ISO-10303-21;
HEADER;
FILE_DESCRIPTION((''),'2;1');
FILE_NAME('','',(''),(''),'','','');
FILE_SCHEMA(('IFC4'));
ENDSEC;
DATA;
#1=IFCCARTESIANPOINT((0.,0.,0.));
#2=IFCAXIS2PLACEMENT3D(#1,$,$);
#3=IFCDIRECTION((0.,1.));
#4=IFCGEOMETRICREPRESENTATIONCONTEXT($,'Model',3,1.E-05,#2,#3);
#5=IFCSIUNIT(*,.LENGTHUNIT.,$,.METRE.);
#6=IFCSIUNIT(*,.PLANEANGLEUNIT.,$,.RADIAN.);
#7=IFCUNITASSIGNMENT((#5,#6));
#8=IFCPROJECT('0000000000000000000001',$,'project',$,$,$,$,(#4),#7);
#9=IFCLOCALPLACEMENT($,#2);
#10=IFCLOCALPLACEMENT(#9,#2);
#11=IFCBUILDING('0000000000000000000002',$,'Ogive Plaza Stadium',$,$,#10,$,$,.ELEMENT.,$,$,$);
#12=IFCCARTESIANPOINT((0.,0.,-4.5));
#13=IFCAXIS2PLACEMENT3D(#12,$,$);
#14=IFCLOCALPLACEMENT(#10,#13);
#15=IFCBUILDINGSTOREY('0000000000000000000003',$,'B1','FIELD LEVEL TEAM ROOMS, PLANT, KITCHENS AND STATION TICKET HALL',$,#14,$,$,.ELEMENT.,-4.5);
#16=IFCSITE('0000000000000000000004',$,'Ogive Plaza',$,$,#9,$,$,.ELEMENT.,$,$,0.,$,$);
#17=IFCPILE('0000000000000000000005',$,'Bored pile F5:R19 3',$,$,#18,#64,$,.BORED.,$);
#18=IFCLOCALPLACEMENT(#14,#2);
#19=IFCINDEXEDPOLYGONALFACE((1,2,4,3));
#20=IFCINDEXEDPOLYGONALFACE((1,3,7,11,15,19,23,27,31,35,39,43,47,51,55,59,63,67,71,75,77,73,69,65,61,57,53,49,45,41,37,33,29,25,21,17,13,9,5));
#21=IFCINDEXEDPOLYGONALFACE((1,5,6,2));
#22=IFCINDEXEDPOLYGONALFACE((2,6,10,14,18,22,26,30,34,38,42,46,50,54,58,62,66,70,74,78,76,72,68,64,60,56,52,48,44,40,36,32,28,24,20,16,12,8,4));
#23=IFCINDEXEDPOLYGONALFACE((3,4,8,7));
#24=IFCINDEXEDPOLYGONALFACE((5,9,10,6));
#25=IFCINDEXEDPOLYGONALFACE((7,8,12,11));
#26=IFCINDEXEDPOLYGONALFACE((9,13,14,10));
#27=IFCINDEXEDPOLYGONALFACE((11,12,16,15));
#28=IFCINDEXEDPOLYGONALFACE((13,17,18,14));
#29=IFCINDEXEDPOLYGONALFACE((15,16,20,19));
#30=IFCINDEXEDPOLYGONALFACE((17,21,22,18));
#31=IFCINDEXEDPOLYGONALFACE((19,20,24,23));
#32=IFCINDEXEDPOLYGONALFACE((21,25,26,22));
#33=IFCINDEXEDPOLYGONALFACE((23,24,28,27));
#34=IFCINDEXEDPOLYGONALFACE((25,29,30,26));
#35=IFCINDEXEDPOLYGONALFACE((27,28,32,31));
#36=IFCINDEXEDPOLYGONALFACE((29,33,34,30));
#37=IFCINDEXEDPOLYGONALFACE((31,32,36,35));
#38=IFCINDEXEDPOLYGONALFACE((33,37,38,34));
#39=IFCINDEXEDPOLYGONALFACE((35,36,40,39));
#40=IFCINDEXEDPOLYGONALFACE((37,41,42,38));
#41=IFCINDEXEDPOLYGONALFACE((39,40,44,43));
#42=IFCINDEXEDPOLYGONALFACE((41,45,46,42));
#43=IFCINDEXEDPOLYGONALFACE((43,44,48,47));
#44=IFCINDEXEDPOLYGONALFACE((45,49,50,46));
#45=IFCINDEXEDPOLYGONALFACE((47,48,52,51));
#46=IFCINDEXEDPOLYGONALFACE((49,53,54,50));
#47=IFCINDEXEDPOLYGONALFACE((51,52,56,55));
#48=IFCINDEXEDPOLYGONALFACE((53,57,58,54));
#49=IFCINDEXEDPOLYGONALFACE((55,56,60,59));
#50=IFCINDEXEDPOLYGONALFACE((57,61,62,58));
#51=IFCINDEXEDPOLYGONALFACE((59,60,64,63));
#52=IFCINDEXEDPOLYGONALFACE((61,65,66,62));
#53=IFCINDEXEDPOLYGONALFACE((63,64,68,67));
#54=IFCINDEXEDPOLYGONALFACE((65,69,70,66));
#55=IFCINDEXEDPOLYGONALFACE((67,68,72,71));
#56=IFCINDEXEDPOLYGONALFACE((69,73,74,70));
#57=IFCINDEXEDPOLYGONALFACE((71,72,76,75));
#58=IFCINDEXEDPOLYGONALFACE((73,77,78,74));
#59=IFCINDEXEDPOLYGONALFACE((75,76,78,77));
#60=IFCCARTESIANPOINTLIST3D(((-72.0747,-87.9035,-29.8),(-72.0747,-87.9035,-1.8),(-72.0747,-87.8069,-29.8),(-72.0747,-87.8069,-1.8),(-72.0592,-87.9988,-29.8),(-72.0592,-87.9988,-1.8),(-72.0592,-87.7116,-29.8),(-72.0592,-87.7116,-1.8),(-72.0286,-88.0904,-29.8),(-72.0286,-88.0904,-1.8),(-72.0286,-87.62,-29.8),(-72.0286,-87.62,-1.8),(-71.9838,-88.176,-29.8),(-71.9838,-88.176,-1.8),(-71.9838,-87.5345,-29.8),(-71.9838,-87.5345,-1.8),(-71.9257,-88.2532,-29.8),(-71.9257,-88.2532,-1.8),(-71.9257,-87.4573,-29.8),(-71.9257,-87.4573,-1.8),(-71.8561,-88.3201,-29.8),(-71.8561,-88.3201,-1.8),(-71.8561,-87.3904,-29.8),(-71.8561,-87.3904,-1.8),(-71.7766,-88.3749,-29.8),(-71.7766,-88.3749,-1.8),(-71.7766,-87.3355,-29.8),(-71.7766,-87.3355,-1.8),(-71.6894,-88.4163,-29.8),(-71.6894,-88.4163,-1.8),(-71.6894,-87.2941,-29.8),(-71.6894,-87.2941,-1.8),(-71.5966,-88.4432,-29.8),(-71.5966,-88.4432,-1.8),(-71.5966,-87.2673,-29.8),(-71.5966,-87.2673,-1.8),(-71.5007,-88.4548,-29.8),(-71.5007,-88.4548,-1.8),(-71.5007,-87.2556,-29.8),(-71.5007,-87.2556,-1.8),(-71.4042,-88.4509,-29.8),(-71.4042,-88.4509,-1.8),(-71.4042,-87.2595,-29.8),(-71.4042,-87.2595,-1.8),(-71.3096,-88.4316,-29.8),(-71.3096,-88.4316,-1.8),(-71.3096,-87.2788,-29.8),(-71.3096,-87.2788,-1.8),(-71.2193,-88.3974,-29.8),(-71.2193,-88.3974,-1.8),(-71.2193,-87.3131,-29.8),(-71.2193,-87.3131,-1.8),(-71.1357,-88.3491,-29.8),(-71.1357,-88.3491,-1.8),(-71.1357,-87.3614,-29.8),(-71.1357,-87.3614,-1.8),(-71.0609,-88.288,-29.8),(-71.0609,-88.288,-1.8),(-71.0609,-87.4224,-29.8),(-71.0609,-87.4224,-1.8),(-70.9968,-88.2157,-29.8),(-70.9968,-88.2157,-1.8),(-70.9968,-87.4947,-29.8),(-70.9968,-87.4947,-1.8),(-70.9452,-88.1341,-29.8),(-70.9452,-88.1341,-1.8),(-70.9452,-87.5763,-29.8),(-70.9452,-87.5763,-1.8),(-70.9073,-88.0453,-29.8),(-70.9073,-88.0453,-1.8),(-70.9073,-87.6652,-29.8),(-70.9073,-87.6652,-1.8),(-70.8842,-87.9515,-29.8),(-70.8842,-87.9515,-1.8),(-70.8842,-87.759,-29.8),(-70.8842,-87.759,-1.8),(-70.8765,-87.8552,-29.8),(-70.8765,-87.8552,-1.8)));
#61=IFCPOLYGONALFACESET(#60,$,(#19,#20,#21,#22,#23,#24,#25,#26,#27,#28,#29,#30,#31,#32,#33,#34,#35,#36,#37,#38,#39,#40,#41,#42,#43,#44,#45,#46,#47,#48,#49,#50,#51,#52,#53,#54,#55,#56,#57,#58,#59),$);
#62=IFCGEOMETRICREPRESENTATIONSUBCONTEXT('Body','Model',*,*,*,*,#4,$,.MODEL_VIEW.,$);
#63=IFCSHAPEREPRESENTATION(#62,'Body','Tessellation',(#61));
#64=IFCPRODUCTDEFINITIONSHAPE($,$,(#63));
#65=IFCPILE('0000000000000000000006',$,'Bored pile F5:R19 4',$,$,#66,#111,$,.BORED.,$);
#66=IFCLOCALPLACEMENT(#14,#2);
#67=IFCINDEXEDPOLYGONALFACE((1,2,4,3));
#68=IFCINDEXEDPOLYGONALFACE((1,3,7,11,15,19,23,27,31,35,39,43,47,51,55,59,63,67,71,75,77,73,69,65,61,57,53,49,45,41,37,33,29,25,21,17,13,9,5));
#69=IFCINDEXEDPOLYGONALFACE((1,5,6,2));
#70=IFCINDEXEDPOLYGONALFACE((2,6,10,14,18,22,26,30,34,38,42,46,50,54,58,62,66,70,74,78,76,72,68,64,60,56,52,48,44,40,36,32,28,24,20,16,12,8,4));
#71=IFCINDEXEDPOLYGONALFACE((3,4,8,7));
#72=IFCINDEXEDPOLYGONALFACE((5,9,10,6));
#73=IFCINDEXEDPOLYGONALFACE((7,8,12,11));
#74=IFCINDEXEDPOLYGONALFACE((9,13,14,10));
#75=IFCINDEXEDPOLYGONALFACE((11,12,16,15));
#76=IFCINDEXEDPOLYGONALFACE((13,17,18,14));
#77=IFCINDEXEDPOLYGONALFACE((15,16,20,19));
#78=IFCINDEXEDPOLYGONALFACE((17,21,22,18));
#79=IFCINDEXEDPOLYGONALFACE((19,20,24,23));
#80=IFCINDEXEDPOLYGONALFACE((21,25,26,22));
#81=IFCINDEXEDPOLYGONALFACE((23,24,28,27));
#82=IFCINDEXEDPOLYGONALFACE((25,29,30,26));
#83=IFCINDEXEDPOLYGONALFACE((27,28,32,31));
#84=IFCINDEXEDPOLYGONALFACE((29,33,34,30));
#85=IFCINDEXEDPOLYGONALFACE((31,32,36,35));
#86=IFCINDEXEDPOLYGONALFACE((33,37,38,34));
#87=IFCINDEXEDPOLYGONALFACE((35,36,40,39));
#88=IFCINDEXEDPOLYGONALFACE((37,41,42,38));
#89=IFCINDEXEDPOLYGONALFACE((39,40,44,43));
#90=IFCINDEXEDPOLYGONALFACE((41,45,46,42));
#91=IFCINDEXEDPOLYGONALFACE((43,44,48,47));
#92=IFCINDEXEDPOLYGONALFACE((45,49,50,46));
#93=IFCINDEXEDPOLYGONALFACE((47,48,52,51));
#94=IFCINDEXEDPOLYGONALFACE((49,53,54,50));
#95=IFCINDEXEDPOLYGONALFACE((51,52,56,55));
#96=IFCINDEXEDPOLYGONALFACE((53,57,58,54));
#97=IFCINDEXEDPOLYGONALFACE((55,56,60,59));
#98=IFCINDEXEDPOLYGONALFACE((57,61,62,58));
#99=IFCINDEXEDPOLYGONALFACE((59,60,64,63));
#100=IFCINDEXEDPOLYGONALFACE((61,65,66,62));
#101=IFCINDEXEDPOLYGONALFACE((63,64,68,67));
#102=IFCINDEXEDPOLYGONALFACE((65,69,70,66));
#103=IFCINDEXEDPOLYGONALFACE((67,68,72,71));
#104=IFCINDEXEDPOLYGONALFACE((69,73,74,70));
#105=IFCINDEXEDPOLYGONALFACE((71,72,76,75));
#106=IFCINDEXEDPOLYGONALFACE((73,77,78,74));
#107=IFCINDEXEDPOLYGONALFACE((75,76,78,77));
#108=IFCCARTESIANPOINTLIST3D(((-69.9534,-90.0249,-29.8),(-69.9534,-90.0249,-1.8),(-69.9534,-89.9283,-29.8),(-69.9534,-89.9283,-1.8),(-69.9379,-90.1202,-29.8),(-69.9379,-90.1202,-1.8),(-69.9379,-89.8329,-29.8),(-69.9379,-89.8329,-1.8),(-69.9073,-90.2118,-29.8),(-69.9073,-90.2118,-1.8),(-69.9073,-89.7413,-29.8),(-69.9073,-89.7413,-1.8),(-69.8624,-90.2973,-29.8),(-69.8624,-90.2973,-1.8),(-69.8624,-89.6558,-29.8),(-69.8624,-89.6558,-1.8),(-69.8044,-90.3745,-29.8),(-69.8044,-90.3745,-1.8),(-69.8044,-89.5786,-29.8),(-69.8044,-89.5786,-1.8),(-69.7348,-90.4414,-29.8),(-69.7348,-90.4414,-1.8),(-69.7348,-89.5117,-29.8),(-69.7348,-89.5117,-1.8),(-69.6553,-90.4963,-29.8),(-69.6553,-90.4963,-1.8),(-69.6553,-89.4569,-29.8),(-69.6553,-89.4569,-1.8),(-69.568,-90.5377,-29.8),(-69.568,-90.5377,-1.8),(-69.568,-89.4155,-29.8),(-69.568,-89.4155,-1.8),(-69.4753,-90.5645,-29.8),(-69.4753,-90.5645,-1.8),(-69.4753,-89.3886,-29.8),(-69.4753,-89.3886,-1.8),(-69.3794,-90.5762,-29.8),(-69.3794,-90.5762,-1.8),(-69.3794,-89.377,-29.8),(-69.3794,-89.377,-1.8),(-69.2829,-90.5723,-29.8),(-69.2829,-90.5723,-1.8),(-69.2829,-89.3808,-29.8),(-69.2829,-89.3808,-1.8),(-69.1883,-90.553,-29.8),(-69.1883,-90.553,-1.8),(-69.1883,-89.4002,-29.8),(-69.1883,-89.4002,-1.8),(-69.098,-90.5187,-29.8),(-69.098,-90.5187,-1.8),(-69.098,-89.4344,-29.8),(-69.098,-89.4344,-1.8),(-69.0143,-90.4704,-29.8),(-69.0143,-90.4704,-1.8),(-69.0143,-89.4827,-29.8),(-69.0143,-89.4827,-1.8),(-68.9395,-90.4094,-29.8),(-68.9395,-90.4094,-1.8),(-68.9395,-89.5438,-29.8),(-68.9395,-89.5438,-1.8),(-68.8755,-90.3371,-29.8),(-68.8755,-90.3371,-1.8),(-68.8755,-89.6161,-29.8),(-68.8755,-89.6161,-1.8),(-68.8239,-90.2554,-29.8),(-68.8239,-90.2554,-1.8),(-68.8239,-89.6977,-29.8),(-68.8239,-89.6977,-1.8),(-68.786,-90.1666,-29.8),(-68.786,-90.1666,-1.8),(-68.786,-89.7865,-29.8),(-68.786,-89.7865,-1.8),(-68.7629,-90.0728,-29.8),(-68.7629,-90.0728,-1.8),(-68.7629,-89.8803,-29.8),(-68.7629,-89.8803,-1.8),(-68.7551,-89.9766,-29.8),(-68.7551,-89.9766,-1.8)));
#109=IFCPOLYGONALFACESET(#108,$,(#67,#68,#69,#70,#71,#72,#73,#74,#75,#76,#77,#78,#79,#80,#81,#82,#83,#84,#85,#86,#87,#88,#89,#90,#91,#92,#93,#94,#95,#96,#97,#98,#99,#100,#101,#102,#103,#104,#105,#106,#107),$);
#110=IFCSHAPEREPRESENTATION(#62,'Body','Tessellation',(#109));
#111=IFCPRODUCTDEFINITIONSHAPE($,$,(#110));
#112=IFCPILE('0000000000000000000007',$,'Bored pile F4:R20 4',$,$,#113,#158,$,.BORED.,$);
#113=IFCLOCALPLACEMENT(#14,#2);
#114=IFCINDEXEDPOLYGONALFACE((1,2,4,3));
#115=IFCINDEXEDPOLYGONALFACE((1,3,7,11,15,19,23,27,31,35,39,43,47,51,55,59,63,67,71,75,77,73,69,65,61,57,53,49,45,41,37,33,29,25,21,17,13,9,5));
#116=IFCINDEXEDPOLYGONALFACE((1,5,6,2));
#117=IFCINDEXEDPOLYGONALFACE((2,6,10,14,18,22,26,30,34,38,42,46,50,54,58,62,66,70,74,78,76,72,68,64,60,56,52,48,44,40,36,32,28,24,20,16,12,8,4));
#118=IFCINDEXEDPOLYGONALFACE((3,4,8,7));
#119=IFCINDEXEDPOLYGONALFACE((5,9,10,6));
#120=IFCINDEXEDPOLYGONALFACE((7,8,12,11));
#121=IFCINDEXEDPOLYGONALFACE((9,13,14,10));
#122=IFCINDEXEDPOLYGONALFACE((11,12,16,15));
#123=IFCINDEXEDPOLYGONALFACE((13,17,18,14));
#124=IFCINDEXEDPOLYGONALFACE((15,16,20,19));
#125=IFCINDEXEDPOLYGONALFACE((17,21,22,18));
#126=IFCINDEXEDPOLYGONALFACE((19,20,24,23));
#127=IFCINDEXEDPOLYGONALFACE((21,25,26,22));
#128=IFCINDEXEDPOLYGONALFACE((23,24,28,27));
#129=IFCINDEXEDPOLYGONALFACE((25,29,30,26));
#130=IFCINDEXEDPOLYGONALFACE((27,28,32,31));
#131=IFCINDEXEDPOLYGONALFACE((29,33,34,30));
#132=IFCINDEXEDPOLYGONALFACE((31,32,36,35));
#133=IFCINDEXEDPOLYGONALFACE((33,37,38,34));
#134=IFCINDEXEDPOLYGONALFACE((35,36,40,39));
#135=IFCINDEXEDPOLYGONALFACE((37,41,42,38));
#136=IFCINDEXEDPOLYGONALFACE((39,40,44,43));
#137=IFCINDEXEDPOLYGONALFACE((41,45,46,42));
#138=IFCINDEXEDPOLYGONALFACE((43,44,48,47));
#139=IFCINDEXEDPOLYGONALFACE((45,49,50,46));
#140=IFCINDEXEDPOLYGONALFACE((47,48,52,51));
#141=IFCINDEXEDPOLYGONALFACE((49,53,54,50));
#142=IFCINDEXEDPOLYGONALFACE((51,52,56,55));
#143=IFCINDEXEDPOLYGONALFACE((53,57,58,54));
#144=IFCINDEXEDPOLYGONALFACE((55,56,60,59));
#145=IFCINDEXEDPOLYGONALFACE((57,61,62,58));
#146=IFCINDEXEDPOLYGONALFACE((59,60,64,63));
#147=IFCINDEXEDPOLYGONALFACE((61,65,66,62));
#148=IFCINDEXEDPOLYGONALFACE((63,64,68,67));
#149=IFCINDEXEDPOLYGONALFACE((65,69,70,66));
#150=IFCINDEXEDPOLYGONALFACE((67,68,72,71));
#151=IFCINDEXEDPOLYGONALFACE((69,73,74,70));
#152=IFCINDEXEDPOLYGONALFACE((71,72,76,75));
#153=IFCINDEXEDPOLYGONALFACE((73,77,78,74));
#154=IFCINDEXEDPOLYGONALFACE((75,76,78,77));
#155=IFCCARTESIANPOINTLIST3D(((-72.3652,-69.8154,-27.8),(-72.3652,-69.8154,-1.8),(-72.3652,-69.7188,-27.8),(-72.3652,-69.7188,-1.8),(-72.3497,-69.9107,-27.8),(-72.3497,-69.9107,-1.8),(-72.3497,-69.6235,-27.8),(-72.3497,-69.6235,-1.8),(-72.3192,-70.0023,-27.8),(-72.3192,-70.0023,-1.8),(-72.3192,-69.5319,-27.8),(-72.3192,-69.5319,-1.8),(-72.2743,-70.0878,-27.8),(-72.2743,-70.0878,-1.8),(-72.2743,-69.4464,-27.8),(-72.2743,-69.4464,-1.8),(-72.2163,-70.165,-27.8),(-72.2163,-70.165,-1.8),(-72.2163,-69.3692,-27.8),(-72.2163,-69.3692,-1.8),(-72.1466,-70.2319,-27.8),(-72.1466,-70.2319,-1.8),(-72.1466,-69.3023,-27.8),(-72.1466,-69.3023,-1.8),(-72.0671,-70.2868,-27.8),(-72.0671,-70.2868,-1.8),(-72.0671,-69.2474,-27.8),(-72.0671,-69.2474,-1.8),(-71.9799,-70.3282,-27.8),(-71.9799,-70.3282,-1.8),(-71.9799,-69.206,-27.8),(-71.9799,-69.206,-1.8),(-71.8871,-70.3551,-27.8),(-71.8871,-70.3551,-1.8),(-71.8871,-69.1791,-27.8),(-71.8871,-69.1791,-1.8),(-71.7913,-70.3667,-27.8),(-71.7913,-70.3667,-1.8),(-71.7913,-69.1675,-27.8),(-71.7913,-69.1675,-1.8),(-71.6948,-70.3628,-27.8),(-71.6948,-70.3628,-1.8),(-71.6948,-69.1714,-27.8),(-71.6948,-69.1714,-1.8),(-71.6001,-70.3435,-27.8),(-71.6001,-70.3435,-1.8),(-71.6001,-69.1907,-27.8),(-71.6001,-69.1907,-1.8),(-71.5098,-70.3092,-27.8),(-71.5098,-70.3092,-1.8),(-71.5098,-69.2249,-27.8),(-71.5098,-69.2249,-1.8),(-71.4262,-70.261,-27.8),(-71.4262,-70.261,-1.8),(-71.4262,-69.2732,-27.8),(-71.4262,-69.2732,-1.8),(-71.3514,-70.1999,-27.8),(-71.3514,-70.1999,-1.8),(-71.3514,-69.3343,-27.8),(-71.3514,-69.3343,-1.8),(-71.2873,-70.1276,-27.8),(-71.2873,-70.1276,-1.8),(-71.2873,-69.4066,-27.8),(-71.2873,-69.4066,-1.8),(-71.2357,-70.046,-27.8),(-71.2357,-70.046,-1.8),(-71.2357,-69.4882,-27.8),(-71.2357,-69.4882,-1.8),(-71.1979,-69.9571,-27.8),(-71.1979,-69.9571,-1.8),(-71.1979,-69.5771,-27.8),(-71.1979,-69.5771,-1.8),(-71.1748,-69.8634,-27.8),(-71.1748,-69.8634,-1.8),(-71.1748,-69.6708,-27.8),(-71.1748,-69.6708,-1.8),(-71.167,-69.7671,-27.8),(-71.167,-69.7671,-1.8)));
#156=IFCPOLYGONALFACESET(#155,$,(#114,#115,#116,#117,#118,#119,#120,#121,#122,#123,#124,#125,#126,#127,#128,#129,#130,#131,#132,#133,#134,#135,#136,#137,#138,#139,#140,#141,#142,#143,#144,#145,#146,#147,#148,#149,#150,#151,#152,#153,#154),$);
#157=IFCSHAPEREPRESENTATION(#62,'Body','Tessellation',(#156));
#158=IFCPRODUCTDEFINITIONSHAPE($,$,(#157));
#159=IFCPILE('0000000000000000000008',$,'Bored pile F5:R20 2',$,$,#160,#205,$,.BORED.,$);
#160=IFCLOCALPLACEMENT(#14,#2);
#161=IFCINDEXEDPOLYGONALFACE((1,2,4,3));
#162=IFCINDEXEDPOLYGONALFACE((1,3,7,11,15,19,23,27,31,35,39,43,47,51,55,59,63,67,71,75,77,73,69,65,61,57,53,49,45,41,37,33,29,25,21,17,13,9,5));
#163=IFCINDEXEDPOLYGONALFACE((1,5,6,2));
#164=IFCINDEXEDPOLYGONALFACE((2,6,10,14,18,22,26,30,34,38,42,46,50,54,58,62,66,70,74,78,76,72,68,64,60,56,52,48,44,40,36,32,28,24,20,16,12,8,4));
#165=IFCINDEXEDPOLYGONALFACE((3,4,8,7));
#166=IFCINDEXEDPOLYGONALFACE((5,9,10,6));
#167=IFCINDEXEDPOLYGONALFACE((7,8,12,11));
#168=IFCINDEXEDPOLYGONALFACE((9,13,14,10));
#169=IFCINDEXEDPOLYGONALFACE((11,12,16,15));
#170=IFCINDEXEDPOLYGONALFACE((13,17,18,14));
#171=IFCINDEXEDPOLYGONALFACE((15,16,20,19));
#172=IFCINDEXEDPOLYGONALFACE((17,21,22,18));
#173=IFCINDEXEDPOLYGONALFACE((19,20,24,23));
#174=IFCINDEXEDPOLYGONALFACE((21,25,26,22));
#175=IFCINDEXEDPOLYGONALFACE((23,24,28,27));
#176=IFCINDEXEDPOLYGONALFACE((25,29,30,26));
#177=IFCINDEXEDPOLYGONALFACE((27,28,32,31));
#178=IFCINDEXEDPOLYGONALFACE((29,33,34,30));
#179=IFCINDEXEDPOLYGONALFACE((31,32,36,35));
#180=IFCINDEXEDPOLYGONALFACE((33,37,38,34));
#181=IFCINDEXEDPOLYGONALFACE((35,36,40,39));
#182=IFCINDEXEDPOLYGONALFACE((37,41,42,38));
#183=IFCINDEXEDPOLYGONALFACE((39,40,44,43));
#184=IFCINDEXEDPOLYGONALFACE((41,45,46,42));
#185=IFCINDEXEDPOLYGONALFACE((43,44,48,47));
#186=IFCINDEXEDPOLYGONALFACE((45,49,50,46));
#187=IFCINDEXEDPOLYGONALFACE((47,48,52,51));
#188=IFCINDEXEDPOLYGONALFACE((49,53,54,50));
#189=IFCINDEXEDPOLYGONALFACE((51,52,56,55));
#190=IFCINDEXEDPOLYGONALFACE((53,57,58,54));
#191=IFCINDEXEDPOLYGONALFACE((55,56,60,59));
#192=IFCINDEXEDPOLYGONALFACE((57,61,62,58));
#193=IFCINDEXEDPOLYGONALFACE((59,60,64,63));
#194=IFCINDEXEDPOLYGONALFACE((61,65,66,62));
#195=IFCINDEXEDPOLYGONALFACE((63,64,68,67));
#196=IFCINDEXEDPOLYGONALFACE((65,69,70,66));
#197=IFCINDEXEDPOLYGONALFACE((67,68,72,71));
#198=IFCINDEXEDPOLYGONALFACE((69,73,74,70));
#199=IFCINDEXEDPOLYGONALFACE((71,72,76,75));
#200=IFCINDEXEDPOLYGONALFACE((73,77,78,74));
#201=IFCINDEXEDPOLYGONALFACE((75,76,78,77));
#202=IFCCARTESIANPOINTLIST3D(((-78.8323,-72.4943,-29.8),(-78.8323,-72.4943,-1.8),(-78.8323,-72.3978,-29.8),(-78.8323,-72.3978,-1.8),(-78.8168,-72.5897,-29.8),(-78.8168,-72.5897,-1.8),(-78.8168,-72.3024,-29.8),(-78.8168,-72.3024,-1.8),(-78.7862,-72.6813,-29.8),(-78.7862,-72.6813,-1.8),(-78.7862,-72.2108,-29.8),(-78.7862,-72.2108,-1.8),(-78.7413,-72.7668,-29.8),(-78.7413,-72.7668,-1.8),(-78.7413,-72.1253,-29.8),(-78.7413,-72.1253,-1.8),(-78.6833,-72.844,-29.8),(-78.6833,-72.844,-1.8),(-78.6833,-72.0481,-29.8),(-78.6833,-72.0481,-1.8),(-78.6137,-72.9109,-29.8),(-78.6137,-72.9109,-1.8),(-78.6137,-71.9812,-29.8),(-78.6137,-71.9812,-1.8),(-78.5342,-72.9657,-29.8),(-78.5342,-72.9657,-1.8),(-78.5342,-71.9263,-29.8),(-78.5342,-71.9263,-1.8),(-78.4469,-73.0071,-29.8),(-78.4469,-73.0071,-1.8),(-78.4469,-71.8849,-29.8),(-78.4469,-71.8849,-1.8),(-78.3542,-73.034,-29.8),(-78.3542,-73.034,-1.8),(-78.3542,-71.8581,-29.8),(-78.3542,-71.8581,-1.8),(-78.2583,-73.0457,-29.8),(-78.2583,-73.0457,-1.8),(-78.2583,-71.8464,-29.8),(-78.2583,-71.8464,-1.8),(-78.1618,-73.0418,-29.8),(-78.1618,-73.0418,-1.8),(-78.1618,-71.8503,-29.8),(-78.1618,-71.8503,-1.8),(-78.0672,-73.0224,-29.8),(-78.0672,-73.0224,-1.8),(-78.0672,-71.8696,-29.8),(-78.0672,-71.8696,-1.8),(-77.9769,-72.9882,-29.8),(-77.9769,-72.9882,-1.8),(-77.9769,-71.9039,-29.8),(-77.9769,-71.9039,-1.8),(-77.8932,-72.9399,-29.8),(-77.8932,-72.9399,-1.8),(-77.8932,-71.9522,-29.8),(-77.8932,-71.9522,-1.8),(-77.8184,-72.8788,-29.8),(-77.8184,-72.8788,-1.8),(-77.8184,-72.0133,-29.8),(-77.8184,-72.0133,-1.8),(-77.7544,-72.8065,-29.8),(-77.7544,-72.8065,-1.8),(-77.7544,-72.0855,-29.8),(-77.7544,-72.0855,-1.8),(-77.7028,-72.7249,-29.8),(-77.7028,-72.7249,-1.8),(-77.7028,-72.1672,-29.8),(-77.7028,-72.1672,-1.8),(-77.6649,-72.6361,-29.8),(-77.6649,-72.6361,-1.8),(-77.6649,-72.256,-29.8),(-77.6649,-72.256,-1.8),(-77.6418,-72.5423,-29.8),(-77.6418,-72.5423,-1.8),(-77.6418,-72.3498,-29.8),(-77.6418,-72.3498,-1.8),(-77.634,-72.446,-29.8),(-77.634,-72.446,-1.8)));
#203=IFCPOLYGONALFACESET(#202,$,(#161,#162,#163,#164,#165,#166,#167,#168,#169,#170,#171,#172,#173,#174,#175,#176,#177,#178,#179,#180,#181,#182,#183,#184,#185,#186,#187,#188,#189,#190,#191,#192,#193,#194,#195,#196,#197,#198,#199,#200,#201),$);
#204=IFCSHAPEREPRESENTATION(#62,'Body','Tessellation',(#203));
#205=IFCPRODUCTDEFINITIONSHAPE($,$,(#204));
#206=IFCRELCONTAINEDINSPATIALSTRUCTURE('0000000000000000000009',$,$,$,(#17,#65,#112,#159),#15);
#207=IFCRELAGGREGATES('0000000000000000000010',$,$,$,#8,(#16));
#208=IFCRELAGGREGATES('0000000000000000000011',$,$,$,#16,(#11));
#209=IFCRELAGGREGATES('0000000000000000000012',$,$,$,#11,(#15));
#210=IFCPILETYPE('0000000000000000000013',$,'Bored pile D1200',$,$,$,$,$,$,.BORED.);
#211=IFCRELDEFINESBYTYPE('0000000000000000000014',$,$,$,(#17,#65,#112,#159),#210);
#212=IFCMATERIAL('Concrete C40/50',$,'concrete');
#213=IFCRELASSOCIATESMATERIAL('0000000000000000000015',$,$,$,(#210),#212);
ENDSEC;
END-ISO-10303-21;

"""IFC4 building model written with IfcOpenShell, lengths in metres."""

from ifc_helpers import new_model, si_unit, direction, frame, origin, origin_2d, place, context, subcontext, project, spatial, circle, extrude, material, material_profile, profile_set, type_object, element, save


model = new_model("IFC4")

# Units and contexts
model_context = context("Model", 3, precision=1e-05, world=origin(), true_north=direction((0.0, 1.0)))
body_context = subcontext(model_context, "Body", "Model", "MODEL_VIEW")
ifc_project = project(units=[si_unit("LENGTHUNIT", "METRE"), si_unit("PLANEANGLEUNIT", "RADIAN")], contexts=[model_context])

# Site, building, storey
site_placement = place(None, origin())
site = spatial("IfcSite", under=ifc_project, at=site_placement, Name="Ogive Plaza", CompositionType="ELEMENT", RefElevation=0.0)
building_placement = place(site_placement, origin())
building = spatial("IfcBuilding", under=site, at=building_placement, Name="Ogive Plaza Stadium", CompositionType="ELEMENT")
storey_placement = place(building_placement, frame((0.0, 0.0, -4.5)))
storey = spatial("IfcBuildingStorey", under=building, at=storey_placement, Name="B1", Description="FIELD LEVEL TEAM ROOMS, PLANT, KITCHENS AND STATION TICKET HALL", CompositionType="ELEMENT", Elevation=-4.5)

# Piles
ifc_material_1 = material(Name="Concrete C40/50", Category="concrete")
ifc_material_profile_1 = material_profile(ifc_material_1, circle(Radius=0.6001, at=origin_2d()), Name="RC D1200")
ifc_profile_set_1 = profile_set([ifc_material_profile_1], Name="Concrete C40/50")
pile_type_1 = type_object("IfcPileType", Name="Bored pile D1200", PredefinedType="BORED", material=ifc_profile_set_1)
for number, where, z_axis, x_axis, name in (
    (1, (-71.4766, -87.8552, -1.8), (0.0, 0.0, -1.0), (1.0, 0.0, 0.0), "Bored pile F5:R19 3"),
    (2, (-69.3552, -89.9766, -1.8), (0.0, 0.0, -1.0), (1.0, 0.0, 0.0), "Bored pile F5:R19 4"),
):
    element("IfcPile", number, at=place(storey_placement, frame(where, z_axis=z_axis, x_axis=x_axis)), inside=storey, type_object=pile_type_1, Name=name, PredefinedType="BORED", context=body_context, shape_type="SweptSolid", body=[
        extrude(circle(Radius=0.6001, at=origin_2d()), origin(), (0.0, 0.0, 1.0), 28.0),
    ])
pile_1_placement = place(storey_placement, frame((-71.7671, -69.7671, -1.8), z_axis=(0.0, 0.0, -1.0), x_axis=(1.0, 0.0, 0.0)))
element("IfcPile", 3, at=pile_1_placement, inside=storey, type_object=pile_type_1, Name="Bored pile F4:R20 4", PredefinedType="BORED", context=body_context, shape_type="SweptSolid", body=[
    extrude(circle(Radius=0.6001, at=origin_2d()), origin(), (0.0, 0.0, 1.0), 26.0),
])
for number, where, z_axis, x_axis, name in (
    (4, (-78.2341, -72.446, -1.8), (0.0, 0.0, -1.0), (1.0, 0.0, 0.0), "Bored pile F5:R20 2"),
):
    element("IfcPile", number, at=place(storey_placement, frame(where, z_axis=z_axis, x_axis=x_axis)), inside=storey, type_object=pile_type_1, Name=name, PredefinedType="BORED", context=body_context, shape_type="SweptSolid", body=[
        extrude(circle(Radius=0.6001, at=origin_2d()), origin(), (0.0, 0.0, 1.0), 28.0),
    ])

save(model, "model.ifc")
